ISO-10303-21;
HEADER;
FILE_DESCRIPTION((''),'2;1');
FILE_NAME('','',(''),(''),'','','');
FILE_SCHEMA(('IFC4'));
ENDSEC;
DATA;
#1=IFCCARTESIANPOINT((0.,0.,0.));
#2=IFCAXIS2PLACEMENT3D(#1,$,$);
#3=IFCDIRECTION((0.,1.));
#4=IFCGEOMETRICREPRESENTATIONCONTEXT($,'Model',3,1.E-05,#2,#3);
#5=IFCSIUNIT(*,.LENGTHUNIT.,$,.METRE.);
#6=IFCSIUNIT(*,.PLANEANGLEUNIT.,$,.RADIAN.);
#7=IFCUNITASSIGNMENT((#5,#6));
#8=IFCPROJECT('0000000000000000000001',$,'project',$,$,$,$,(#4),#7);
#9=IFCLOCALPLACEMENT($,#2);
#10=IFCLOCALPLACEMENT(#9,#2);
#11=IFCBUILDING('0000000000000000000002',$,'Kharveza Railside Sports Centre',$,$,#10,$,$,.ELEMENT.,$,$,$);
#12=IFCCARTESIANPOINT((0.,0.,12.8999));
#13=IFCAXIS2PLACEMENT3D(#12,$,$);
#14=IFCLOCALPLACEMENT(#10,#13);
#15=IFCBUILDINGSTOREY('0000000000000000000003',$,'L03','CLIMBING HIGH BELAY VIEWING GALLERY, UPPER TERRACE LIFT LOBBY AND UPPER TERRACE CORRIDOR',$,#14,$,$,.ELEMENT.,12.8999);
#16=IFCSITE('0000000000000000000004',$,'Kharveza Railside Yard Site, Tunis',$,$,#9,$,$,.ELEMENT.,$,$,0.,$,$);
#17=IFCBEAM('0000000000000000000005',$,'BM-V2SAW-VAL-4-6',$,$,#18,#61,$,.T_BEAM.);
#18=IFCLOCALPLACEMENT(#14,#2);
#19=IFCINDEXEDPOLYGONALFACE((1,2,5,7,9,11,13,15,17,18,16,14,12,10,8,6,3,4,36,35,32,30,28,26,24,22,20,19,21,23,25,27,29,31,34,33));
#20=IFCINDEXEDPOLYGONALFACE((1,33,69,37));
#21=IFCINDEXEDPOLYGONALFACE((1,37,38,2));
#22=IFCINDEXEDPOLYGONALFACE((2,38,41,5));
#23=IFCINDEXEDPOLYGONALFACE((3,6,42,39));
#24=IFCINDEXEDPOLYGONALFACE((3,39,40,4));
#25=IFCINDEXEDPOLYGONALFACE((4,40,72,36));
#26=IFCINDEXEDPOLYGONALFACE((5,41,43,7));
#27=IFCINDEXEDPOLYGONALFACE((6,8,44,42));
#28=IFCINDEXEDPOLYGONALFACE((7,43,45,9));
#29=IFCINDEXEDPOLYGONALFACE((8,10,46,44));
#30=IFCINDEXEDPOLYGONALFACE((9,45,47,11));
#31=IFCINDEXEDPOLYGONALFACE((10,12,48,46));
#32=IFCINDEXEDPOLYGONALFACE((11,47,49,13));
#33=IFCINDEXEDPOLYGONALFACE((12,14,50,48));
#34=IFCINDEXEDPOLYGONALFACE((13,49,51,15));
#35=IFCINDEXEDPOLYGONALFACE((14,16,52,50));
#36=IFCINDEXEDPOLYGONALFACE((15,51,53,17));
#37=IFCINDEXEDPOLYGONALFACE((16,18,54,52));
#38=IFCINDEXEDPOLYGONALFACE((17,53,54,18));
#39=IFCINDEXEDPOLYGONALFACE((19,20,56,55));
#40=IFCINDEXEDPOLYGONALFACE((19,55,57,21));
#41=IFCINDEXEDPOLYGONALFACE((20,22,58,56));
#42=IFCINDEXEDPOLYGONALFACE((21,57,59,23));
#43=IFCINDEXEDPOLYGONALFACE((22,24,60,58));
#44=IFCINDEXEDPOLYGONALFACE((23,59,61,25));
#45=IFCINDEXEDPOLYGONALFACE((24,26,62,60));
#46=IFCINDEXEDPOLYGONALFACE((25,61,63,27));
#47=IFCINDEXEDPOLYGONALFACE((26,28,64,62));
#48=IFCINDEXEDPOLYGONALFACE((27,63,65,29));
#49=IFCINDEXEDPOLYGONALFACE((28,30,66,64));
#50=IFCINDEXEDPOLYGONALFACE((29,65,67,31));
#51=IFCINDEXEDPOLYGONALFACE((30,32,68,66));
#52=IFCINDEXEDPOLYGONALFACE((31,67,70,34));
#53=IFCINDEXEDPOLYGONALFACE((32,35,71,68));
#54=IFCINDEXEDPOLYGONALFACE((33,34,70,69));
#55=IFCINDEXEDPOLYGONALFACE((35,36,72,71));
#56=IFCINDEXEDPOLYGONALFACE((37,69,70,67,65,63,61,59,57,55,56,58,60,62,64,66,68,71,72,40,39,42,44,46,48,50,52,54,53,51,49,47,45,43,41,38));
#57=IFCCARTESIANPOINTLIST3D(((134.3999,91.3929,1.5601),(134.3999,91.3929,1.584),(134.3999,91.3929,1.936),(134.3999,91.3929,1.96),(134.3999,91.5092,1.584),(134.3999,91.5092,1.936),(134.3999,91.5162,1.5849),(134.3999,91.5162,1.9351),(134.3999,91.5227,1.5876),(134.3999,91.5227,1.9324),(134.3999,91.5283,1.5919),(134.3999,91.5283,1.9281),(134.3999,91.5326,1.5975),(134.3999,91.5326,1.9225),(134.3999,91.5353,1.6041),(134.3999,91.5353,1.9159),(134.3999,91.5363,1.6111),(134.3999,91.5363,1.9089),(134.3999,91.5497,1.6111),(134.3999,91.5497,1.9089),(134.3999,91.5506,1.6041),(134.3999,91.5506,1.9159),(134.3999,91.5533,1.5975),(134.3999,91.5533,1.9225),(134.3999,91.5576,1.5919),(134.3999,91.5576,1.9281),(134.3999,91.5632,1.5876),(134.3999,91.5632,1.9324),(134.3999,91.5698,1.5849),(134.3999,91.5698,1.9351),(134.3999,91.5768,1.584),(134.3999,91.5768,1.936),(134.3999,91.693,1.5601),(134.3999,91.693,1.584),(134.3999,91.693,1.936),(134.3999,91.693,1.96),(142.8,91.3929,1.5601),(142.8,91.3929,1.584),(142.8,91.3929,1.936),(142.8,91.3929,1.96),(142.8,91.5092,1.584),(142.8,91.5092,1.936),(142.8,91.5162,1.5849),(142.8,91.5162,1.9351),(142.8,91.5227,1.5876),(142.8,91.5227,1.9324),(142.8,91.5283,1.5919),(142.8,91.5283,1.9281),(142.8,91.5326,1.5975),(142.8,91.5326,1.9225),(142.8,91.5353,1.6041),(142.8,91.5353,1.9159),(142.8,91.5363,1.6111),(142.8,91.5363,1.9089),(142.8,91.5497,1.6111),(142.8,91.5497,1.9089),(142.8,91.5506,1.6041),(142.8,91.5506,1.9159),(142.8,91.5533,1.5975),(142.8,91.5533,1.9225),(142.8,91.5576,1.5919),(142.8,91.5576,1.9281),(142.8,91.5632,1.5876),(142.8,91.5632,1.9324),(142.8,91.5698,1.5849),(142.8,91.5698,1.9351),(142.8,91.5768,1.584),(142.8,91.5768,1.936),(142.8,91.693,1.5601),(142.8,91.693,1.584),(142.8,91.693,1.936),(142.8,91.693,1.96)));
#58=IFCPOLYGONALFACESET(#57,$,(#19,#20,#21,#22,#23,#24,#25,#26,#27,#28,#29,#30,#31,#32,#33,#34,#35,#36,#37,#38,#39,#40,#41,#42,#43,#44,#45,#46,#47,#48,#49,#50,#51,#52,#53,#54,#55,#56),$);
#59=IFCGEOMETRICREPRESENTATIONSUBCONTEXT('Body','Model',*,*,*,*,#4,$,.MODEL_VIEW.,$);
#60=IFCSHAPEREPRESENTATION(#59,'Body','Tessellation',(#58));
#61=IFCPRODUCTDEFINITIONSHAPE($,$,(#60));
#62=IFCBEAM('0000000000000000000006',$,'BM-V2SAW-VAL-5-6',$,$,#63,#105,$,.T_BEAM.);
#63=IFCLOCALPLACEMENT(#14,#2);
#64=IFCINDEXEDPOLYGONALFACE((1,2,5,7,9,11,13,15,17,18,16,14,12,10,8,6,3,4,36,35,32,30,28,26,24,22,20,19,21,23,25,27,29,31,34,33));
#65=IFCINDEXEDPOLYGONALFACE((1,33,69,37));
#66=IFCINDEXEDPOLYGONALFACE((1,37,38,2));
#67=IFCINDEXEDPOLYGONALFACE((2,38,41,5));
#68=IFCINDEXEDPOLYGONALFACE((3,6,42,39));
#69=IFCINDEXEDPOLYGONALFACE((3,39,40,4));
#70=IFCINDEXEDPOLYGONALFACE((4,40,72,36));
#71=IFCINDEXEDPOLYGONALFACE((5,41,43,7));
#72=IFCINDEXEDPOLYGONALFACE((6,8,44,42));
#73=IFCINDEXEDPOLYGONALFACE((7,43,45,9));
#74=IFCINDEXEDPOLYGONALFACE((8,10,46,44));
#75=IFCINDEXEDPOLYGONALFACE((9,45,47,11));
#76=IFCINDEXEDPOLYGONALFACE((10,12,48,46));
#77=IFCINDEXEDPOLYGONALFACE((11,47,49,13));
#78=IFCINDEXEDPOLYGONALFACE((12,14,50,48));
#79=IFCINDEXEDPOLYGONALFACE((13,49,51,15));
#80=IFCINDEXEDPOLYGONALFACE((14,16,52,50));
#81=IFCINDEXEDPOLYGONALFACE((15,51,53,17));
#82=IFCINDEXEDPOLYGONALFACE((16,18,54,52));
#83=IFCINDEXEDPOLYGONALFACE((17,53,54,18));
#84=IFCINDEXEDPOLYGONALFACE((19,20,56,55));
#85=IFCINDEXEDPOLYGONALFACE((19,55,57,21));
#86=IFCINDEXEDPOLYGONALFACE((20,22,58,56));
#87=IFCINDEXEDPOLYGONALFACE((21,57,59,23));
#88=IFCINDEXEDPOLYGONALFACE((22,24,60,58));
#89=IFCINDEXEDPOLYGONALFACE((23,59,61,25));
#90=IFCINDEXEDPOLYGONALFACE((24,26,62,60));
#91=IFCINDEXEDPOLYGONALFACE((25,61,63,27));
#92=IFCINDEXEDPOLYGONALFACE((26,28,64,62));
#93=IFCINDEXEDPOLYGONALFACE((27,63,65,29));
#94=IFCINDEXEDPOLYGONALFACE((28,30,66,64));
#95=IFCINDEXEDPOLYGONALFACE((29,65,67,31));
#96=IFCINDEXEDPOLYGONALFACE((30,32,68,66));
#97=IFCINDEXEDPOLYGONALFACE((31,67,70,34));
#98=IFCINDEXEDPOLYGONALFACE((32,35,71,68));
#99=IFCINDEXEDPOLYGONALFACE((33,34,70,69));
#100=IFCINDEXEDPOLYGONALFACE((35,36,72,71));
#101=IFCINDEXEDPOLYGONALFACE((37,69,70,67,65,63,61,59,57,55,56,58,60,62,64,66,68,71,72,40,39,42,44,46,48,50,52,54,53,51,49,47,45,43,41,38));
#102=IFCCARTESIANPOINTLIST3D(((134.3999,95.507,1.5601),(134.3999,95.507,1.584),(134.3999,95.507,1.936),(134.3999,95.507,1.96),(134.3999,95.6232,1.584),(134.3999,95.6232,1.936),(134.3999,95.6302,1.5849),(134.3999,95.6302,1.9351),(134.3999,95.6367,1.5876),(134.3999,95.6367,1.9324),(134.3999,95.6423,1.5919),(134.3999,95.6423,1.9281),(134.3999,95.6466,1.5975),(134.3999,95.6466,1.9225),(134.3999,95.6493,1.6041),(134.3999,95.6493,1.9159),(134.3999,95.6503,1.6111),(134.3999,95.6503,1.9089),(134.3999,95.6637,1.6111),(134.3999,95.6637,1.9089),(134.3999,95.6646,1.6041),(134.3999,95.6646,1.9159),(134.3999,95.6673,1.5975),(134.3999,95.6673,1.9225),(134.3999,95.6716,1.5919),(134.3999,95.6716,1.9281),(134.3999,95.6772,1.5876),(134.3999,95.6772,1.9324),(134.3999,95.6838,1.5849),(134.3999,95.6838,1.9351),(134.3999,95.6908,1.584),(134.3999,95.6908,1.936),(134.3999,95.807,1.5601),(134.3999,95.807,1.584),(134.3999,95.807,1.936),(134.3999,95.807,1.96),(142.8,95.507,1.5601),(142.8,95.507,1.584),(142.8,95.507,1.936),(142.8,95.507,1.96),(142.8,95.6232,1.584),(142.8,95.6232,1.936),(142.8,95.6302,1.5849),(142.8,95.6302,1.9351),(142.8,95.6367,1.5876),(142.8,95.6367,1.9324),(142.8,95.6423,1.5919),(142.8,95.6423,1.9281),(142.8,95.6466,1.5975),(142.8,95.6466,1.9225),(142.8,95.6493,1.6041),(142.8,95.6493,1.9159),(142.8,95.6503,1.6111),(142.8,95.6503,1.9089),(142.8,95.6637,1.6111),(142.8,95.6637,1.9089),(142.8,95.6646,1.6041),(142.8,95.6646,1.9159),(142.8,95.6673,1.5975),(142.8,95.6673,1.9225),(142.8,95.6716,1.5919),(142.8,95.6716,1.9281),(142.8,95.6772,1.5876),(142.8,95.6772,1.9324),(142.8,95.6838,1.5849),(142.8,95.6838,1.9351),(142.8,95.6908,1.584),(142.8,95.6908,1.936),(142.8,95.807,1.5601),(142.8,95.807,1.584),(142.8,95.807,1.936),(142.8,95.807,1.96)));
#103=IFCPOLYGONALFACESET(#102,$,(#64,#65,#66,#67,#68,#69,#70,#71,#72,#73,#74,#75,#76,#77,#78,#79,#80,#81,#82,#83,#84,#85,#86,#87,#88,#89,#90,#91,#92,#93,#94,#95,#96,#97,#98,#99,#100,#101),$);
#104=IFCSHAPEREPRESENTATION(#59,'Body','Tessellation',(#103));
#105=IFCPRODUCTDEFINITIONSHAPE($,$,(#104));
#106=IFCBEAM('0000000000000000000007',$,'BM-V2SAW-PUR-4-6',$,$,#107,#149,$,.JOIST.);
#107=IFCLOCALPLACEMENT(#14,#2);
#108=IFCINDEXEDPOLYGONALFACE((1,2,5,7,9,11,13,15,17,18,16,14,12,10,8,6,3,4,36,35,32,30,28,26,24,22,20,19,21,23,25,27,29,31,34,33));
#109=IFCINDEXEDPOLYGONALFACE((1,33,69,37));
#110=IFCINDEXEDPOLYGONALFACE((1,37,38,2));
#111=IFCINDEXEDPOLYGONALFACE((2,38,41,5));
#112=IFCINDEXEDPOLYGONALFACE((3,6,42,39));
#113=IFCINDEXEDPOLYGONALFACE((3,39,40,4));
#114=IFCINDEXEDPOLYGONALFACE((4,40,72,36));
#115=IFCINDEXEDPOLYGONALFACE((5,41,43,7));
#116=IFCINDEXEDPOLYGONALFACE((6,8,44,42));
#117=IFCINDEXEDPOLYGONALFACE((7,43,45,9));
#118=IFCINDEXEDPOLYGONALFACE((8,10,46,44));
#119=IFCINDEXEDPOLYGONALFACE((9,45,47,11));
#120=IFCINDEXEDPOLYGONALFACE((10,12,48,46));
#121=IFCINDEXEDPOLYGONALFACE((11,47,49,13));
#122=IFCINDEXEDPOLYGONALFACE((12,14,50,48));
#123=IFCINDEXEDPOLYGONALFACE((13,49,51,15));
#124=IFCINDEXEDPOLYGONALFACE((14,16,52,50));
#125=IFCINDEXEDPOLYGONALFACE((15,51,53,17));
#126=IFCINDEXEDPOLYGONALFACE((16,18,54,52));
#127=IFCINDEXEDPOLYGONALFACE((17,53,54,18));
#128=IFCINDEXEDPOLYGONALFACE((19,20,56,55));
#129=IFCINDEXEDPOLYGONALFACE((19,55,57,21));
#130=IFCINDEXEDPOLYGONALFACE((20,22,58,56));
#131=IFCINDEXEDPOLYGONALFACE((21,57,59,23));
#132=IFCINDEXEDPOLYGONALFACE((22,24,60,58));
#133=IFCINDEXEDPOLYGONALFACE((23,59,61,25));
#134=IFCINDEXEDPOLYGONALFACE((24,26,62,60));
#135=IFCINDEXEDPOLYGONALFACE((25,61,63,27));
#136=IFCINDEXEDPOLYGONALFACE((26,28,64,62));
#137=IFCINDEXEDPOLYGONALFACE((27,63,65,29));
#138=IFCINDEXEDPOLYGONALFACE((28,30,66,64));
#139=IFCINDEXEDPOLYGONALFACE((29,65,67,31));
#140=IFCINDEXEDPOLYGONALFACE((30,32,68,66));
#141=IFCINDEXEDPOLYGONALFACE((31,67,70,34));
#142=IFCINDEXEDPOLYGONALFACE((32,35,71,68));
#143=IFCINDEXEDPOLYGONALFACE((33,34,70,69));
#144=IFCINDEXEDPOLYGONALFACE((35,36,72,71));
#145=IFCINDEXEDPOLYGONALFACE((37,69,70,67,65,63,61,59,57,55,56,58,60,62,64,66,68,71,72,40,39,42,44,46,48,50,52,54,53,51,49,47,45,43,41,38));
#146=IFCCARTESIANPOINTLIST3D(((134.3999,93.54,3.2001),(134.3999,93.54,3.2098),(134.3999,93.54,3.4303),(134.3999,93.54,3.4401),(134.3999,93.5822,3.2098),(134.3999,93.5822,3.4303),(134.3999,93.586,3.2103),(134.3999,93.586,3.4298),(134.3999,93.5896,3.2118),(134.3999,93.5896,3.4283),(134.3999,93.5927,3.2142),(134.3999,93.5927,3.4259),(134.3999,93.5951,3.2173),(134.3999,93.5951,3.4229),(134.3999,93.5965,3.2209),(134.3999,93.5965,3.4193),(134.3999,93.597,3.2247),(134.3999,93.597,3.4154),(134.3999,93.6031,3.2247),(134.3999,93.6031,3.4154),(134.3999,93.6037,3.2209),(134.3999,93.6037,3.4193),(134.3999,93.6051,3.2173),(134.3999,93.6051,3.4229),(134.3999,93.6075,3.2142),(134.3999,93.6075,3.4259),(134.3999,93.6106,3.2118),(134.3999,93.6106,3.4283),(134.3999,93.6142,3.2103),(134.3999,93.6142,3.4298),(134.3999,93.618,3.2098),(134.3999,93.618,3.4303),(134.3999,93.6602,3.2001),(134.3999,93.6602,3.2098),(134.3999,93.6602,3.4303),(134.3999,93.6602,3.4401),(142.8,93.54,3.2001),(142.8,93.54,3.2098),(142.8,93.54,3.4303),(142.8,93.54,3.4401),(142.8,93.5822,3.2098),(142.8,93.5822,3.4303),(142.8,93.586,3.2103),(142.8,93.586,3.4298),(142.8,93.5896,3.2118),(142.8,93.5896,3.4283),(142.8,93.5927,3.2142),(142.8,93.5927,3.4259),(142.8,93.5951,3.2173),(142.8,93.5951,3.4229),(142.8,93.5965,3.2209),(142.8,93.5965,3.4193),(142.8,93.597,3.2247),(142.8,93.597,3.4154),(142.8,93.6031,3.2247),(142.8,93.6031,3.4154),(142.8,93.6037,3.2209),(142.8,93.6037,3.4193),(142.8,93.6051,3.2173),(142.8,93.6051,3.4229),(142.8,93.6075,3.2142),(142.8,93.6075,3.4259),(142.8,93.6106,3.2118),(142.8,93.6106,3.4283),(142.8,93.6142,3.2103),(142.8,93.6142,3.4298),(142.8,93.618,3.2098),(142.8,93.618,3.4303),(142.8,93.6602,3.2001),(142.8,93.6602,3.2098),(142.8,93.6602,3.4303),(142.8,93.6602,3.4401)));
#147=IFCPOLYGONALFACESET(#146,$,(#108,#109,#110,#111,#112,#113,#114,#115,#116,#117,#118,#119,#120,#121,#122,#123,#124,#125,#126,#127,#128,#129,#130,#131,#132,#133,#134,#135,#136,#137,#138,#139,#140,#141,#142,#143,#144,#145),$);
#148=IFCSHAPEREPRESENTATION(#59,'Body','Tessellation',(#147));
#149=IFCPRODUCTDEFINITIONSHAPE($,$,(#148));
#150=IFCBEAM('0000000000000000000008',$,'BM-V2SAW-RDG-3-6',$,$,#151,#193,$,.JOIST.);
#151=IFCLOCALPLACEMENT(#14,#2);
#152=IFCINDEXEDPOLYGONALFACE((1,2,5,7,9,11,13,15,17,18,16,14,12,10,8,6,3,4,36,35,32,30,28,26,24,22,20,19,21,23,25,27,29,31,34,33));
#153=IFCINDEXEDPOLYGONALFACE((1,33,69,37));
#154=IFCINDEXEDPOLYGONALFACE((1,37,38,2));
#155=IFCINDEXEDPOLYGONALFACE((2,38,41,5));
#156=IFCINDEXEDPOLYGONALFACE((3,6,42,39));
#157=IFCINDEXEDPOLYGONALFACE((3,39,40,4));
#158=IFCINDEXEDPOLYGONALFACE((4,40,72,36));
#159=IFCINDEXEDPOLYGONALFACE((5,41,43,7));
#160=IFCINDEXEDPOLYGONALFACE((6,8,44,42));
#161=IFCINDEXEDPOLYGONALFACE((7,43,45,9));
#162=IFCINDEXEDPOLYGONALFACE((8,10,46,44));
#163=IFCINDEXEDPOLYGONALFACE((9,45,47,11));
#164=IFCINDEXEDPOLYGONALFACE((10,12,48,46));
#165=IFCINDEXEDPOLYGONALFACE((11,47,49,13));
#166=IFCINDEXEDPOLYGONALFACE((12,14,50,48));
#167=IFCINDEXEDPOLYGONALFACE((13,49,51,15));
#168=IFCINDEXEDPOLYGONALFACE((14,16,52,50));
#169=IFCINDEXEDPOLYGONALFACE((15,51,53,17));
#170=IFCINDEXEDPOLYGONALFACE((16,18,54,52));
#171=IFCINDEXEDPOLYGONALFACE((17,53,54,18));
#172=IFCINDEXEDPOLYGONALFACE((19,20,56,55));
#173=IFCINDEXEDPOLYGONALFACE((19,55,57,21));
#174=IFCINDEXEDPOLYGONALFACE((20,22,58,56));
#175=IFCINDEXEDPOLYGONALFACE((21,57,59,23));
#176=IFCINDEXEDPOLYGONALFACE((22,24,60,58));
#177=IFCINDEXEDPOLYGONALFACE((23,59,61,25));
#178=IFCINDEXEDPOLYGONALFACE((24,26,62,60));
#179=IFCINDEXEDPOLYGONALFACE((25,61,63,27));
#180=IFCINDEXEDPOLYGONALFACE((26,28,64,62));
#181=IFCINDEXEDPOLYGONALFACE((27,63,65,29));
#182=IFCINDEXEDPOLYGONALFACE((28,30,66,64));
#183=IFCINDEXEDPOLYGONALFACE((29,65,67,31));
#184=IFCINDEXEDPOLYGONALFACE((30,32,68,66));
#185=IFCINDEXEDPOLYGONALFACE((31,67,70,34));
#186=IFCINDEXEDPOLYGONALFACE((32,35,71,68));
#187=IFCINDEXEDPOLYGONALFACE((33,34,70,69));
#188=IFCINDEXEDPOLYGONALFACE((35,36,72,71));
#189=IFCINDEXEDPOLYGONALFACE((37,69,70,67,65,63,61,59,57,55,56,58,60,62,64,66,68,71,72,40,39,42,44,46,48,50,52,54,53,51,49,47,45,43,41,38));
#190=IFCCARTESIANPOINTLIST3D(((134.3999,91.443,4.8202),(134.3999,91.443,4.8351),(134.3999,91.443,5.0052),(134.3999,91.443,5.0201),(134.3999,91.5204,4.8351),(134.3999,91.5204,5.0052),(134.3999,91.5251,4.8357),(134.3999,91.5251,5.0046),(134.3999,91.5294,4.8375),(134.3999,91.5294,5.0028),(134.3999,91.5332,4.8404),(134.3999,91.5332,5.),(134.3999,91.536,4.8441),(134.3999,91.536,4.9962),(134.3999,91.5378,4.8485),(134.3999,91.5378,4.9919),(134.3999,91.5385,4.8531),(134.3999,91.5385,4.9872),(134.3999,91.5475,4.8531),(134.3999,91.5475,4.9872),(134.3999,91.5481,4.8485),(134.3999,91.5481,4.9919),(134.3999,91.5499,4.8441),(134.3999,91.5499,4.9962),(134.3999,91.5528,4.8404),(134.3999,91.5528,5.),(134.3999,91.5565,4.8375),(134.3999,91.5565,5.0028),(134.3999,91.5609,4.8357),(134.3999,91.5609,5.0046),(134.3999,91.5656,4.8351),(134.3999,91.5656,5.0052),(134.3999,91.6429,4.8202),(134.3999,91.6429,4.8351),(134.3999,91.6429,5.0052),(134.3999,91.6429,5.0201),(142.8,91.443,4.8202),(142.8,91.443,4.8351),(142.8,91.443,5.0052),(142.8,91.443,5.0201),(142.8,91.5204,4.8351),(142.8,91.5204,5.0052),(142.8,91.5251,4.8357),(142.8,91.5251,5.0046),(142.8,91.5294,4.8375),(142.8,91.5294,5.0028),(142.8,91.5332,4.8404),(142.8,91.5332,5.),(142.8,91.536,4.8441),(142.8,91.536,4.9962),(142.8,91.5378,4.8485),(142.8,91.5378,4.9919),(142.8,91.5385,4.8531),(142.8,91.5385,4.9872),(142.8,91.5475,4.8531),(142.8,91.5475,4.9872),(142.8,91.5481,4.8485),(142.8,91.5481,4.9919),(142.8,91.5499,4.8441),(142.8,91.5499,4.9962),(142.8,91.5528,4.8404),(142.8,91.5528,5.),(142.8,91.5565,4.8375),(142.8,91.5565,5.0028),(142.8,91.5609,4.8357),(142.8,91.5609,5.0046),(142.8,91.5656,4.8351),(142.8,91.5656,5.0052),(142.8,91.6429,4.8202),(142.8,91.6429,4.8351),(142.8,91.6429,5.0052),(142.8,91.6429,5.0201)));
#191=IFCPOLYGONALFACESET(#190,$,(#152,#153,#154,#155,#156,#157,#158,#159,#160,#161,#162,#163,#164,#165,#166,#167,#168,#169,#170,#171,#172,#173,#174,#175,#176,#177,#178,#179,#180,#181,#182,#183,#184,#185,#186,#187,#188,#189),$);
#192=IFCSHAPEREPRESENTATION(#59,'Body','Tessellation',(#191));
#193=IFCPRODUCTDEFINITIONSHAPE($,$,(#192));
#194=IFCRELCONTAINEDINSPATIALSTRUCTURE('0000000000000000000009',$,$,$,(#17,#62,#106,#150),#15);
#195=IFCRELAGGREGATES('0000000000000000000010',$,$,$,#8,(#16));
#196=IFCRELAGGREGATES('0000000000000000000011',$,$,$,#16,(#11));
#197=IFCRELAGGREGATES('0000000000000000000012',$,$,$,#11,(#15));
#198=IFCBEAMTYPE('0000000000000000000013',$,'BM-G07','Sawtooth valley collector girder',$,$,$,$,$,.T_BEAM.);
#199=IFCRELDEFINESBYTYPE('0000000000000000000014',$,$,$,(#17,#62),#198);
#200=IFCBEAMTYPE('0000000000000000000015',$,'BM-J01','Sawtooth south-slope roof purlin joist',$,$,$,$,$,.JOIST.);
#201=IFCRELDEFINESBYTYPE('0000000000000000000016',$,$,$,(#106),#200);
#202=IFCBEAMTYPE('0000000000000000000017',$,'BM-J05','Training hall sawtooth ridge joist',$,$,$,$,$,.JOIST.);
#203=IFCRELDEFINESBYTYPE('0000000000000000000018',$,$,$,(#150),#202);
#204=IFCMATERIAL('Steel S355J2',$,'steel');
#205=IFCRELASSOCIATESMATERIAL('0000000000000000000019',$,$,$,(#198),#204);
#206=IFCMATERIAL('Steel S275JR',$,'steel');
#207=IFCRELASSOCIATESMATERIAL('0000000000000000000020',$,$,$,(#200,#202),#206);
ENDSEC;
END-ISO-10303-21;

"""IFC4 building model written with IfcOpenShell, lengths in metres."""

from ifc_helpers import new_model, si_unit, direction, frame, origin, origin_2d, place, context, subcontext, project, spatial, i_section, extrude, material, material_profile, profile_set, type_object, element, save


model = new_model("IFC4")

# Units and contexts
model_context = context("Model", 3, precision=1e-05, world=origin(), true_north=direction((0.0, 1.0)))
body_context = subcontext(model_context, "Body", "Model", "MODEL_VIEW")
ifc_project = project(units=[si_unit("LENGTHUNIT", "METRE"), si_unit("PLANEANGLEUNIT", "RADIAN")], contexts=[model_context])

# Site, building, storey
site_placement = place(None, origin())
site = spatial("IfcSite", under=ifc_project, at=site_placement, Name="Kharveza Railside Yard Site, Tunis", CompositionType="ELEMENT", RefElevation=0.0)
building_placement = place(site_placement, origin())
building = spatial("IfcBuilding", under=site, at=building_placement, Name="Kharveza Railside Sports Centre", CompositionType="ELEMENT")
storey_placement = place(building_placement, frame((0.0, 0.0, 12.8999)))
storey = spatial("IfcBuildingStorey", under=building, at=storey_placement, Name="L03", Description="CLIMBING HIGH BELAY VIEWING GALLERY, UPPER TERRACE LIFT LOBBY AND UPPER TERRACE CORRIDOR", CompositionType="ELEMENT", Elevation=12.8999)

# Beams
ifc_material_1 = material(Name="Steel S355J2", Category="steel")
ifc_material_profile_1 = material_profile(ifc_material_1, i_section(OverallWidth=0.3, OverallDepth=0.3999, WebThickness=0.0134, FlangeThickness=0.0239, FilletRadius=0.0271, at=origin_2d()), Name="HEB 400")
ifc_profile_set_1 = profile_set([ifc_material_profile_1], Name="Steel S355J2")
beam_type_1 = type_object("IfcBeamType", Name="BM-G07", Description="Sawtooth valley collector girder", PredefinedType="T_BEAM", material=ifc_profile_set_1)
for number, where, z_axis, x_axis, name in (
    (1, (134.3999, 91.543, 1.76), (1.0, 0.0, 0.0), (0.0, 1.0, 0.0), "BM-V2SAW-VAL-4-6"),
    (2, (134.3999, 95.657, 1.76), (1.0, 0.0, 0.0), (0.0, 1.0, 0.0), "BM-V2SAW-VAL-5-6"),
):
    element("IfcBeam", number, at=place(storey_placement, frame(where, z_axis=z_axis, x_axis=x_axis)), inside=storey, type_object=beam_type_1, Name=name, PredefinedType="T_BEAM", context=body_context, shape_type="SweptSolid", body=[
        extrude(i_section(OverallWidth=0.3, OverallDepth=0.3999, WebThickness=0.0134, FlangeThickness=0.0239, FilletRadius=0.0271, at=origin_2d()), origin(), (0.0, 0.0, 1.0), 8.4001),
    ])
ifc_material_2 = material(Name="Steel S275JR", Category="steel")
ifc_material_profile_2 = material_profile(ifc_material_2, i_section(OverallWidth=0.1201, OverallDepth=0.24, WebThickness=0.0061, FlangeThickness=0.0098, FilletRadius=0.0149, at=origin_2d()), Name="IPE 240")
ifc_profile_set_2 = profile_set([ifc_material_profile_2], Name="Steel S275JR")
beam_type_2 = type_object("IfcBeamType", Name="BM-J01", Description="Sawtooth south-slope roof purlin joist", PredefinedType="JOIST", material=ifc_profile_set_2)
beam_placement = place(storey_placement, frame((134.3999, 93.6001, 3.3201), z_axis=(1.0, 0.0, 0.0), x_axis=(0.0, 1.0, 0.0)))
element("IfcBeam", 3, at=beam_placement, inside=storey, type_object=beam_type_2, Name="BM-V2SAW-PUR-4-6", PredefinedType="JOIST", context=body_context, shape_type="SweptSolid", body=[
    extrude(i_section(OverallWidth=0.1201, OverallDepth=0.24, WebThickness=0.0061, FlangeThickness=0.0098, FilletRadius=0.0149, at=origin_2d()), origin(), (0.0, 0.0, 1.0), 8.4001),
])
ifc_material_profile_3 = material_profile(ifc_material_2, i_section(OverallWidth=0.2, OverallDepth=0.2, WebThickness=0.009, FlangeThickness=0.0149, FilletRadius=0.0181, at=origin_2d()), Name="HEB 200")
ifc_profile_set_3 = profile_set([ifc_material_profile_3], Name="Steel S275JR")
beam_type_3 = type_object("IfcBeamType", Name="BM-J05", Description="Training hall sawtooth ridge joist", PredefinedType="JOIST", material=ifc_profile_set_3)
for number, where, z_axis, x_axis, name in (
    (4, (134.3999, 91.543, 4.9202), (1.0, 0.0, 0.0), (0.0, 1.0, 0.0), "BM-V2SAW-RDG-3-6"),
):
    element("IfcBeam", number, at=place(storey_placement, frame(where, z_axis=z_axis, x_axis=x_axis)), inside=storey, type_object=beam_type_3, Name=name, PredefinedType="JOIST", context=body_context, shape_type="SweptSolid", body=[
        extrude(i_section(OverallWidth=0.2, OverallDepth=0.2, WebThickness=0.009, FlangeThickness=0.0149, FilletRadius=0.0181, at=origin_2d()), origin(), (0.0, 0.0, 1.0), 8.4001),
    ])

save(model, "model.ifc")
